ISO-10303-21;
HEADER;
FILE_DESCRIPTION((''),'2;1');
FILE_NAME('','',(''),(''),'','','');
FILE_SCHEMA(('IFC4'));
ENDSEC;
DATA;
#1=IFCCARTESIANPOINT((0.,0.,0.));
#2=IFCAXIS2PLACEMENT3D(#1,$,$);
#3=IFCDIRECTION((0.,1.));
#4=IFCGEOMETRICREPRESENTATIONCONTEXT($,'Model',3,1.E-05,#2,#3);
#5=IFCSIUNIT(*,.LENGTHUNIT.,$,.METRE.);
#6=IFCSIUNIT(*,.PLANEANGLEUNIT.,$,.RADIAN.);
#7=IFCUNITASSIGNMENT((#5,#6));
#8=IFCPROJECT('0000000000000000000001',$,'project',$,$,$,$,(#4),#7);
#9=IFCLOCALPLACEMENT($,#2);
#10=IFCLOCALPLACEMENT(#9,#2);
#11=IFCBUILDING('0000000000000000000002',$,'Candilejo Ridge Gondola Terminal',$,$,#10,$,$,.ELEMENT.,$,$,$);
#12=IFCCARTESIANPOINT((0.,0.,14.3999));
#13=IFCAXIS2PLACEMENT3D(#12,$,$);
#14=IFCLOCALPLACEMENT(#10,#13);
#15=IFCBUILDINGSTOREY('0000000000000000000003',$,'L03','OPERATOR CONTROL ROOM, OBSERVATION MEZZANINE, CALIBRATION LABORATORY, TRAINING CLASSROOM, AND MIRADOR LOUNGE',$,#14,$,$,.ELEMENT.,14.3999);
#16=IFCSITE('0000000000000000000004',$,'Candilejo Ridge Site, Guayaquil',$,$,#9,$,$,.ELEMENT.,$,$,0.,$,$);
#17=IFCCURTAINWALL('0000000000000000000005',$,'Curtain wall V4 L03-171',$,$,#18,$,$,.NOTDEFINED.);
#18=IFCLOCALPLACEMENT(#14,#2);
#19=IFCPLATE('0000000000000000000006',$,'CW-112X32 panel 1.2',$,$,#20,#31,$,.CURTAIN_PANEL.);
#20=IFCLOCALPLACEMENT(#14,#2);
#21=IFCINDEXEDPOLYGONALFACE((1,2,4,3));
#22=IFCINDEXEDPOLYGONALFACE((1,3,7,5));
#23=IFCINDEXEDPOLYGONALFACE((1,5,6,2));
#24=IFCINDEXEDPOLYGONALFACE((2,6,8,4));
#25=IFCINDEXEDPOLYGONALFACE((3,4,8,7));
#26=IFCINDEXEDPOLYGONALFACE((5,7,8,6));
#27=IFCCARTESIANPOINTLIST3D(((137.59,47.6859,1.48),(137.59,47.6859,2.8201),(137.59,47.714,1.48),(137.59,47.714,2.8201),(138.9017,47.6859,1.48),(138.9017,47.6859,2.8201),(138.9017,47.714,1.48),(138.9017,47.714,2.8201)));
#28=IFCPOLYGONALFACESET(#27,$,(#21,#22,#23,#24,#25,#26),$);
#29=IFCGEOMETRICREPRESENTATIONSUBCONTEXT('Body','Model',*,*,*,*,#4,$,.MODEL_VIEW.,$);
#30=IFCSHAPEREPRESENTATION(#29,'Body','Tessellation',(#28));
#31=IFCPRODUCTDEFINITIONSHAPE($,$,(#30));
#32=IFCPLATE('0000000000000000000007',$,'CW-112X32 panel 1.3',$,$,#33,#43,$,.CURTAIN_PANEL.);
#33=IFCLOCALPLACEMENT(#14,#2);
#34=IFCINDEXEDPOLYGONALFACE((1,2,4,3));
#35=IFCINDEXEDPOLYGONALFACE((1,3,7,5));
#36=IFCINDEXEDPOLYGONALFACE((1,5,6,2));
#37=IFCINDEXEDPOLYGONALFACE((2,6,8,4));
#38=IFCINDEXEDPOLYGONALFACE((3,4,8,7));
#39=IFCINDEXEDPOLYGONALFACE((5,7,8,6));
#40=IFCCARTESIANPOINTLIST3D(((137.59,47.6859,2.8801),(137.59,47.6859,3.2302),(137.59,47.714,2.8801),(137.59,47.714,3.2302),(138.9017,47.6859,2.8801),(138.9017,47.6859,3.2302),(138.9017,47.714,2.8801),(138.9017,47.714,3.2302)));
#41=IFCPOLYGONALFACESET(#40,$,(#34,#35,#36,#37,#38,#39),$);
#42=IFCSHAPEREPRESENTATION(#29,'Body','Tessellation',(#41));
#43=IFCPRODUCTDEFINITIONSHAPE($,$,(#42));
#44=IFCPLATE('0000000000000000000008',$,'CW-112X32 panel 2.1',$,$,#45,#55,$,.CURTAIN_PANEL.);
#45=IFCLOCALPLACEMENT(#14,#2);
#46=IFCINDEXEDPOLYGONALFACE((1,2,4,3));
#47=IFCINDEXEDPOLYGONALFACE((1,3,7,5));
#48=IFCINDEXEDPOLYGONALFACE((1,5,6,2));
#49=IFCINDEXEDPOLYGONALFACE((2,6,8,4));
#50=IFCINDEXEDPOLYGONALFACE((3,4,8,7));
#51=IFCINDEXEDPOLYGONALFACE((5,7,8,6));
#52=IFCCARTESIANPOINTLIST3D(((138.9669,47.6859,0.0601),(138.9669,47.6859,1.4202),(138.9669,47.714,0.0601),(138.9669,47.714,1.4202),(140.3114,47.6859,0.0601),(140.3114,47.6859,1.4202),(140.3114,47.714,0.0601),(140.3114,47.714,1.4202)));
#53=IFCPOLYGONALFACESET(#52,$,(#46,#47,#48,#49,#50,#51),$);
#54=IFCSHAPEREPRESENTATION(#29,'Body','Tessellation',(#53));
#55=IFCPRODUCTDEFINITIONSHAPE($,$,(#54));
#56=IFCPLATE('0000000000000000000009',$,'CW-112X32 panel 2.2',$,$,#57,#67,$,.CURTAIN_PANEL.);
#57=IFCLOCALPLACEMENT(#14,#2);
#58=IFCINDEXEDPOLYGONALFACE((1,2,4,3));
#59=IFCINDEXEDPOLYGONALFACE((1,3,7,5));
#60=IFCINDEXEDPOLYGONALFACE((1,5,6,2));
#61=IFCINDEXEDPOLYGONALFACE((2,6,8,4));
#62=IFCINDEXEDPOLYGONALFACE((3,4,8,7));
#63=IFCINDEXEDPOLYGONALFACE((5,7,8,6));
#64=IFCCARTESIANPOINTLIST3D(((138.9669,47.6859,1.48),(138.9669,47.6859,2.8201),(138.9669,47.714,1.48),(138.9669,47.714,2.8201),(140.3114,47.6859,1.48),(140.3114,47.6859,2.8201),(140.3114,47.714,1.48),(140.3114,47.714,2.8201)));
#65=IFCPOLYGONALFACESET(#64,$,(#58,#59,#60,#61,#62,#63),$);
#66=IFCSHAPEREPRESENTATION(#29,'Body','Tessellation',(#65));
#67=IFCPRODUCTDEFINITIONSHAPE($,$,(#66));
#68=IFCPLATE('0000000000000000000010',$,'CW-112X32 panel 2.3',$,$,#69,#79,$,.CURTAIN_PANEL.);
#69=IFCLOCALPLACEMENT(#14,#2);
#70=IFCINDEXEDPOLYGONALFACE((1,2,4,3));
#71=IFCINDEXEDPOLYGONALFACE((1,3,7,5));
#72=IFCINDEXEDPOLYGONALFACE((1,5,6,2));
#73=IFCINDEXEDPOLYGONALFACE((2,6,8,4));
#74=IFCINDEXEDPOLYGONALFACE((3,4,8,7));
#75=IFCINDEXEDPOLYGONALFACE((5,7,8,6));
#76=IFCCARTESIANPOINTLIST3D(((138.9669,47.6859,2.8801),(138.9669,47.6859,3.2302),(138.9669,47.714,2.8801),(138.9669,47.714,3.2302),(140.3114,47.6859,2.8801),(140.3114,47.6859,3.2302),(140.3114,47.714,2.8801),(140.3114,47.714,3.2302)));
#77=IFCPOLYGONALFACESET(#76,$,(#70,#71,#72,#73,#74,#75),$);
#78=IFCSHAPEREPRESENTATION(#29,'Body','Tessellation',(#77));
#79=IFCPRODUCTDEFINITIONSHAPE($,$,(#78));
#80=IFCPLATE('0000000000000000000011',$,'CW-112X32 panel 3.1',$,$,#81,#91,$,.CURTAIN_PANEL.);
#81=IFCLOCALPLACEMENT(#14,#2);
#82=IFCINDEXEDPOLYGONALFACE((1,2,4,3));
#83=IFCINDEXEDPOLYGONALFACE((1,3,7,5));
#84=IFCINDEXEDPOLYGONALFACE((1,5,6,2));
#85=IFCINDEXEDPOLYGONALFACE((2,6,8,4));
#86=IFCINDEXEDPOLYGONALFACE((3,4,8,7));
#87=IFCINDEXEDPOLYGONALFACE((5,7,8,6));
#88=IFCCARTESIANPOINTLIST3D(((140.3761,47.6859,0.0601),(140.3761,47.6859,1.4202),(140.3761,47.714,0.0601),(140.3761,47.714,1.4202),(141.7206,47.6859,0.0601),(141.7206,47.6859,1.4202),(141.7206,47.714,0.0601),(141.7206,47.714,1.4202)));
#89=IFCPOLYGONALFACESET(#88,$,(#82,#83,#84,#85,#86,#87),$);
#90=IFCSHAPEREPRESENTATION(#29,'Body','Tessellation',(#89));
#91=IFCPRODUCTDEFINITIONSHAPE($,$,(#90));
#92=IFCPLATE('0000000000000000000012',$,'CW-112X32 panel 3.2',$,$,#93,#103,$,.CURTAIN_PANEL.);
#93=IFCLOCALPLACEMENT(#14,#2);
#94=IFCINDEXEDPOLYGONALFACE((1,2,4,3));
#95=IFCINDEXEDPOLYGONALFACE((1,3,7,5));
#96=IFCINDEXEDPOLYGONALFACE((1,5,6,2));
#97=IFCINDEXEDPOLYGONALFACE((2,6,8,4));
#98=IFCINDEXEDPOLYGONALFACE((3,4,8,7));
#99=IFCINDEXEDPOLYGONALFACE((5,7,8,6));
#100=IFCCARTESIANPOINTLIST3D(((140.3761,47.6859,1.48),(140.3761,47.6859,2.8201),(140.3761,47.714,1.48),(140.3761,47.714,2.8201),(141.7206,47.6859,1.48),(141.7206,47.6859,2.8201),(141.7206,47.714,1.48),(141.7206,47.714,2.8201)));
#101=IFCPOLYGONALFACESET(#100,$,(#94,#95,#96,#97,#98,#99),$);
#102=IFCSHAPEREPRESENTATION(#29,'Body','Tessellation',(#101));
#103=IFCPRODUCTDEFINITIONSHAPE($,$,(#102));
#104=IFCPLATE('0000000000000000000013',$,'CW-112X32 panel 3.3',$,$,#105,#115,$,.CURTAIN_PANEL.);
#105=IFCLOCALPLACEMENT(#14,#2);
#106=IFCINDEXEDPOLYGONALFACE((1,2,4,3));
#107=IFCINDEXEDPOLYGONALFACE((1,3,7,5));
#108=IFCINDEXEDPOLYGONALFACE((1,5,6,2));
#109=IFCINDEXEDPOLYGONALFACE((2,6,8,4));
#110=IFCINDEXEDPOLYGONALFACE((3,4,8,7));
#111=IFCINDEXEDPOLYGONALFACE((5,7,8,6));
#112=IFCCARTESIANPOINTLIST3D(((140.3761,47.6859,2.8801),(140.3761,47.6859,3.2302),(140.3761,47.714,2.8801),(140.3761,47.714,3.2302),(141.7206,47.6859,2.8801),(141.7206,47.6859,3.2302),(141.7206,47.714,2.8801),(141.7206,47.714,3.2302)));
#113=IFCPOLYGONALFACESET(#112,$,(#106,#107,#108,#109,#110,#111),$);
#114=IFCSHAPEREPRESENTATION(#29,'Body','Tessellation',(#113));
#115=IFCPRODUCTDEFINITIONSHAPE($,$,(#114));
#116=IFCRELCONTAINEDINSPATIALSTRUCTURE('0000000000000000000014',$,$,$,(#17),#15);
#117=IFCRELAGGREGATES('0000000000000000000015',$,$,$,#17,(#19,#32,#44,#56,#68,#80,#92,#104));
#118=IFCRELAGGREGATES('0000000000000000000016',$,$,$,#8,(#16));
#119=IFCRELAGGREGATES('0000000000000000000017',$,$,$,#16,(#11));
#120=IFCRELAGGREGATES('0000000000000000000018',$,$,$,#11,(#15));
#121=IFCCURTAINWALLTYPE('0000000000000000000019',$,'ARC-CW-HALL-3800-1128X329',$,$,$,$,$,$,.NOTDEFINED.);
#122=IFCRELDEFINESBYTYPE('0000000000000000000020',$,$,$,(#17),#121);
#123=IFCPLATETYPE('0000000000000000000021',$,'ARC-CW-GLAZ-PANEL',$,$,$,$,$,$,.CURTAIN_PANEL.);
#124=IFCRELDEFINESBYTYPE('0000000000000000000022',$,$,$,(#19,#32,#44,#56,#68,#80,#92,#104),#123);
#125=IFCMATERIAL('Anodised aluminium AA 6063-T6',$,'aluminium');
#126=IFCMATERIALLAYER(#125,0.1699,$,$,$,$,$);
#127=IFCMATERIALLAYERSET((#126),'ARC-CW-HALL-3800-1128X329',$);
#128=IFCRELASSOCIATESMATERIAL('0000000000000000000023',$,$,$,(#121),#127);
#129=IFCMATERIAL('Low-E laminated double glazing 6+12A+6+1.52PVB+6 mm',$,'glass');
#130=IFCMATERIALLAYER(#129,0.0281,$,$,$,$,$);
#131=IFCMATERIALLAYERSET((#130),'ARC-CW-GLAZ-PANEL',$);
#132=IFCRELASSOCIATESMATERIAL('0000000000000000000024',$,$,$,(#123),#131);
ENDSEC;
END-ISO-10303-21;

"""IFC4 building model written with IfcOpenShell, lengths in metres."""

from ifc_helpers import new_model, si_unit, direction, frame, origin, origin_2d, place, context, subcontext, project, spatial, rectangle, extrude, material, layer, layer_set, type_object, element, aggregate, save


model = new_model("IFC4")

# Units and contexts
model_context = context("Model", 3, precision=1e-05, world=origin(), true_north=direction((0.0, 1.0)))
body_context = subcontext(model_context, "Body", "Model", "MODEL_VIEW")
ifc_project = project(units=[si_unit("LENGTHUNIT", "METRE"), si_unit("PLANEANGLEUNIT", "RADIAN")], contexts=[model_context])

# Site, building, storey
site_placement = place(None, origin())
site = spatial("IfcSite", under=ifc_project, at=site_placement, Name="Candilejo Ridge Site, Guayaquil", CompositionType="ELEMENT", RefElevation=0.0)
building_placement = place(site_placement, origin())
building = spatial("IfcBuilding", under=site, at=building_placement, Name="Candilejo Ridge Gondola Terminal", CompositionType="ELEMENT")
storey_placement = place(building_placement, frame((0.0, 0.0, 14.3999)))
storey = spatial("IfcBuildingStorey", under=building, at=storey_placement, Name="L03", Description="OPERATOR CONTROL ROOM, OBSERVATION MEZZANINE, CALIBRATION LABORATORY, TRAINING CLASSROOM, AND MIRADOR LOUNGE", CompositionType="ELEMENT", Elevation=14.3999)

# Curtain wall, plates
ifc_material_1 = material(Name="Anodised aluminium AA 6063-T6", Category="aluminium")
ifc_layer_1 = layer(ifc_material_1, 0.1699)
ifc_layer_set_1 = layer_set([ifc_layer_1], Name="ARC-CW-HALL-3800-1128X329")
curtain_wall_type = type_object("IfcCurtainWallType", Name="ARC-CW-HALL-3800-1128X329", PredefinedType="NOTDEFINED", material=ifc_layer_set_1)
curtain_wall_placement = place(storey_placement, origin())
curtain_wall = element("IfcCurtainWall", 1, at=curtain_wall_placement, inside=storey, type_object=curtain_wall_type, Name="Curtain wall V4 L03-171", PredefinedType="NOTDEFINED")
ifc_material_2 = material(Name="Low-E laminated double glazing 6+12A+6+1.52PVB+6 mm", Category="glass")
ifc_layer_2 = layer(ifc_material_2, 0.0281)
ifc_layer_set_2 = layer_set([ifc_layer_2], Name="ARC-CW-GLAZ-PANEL")
plate_type = type_object("IfcPlateType", Name="ARC-CW-GLAZ-PANEL", PredefinedType="CURTAIN_PANEL", material=ifc_layer_set_2)
plate_1_placement = place(storey_placement, frame((138.2458, 47.7, 1.48), z_axis=(0.0, 0.0, 1.0), x_axis=(1.0, 0.0, 0.0)))
plate_1 = element("IfcPlate", 2, at=plate_1_placement, type_object=plate_type, Name="CW-112X32 panel 1.2", PredefinedType="CURTAIN_PANEL", context=body_context, shape_type="SweptSolid", body=[
    extrude(rectangle(XDim=1.3118, YDim=0.0281, at=origin_2d()), origin(), (0.0, 0.0, 1.0), 1.3401),
])
plate_2_placement = place(storey_placement, frame((138.2458, 47.7, 2.8801), z_axis=(0.0, 0.0, 1.0), x_axis=(1.0, 0.0, 0.0)))
plate_2 = element("IfcPlate", 3, at=plate_2_placement, type_object=plate_type, Name="CW-112X32 panel 1.3", PredefinedType="CURTAIN_PANEL", context=body_context, shape_type="SweptSolid", body=[
    extrude(rectangle(XDim=1.3118, YDim=0.0281, at=origin_2d()), origin(), (0.0, 0.0, 1.0), 0.3501),
])
plate_3_placement = place(storey_placement, frame((139.6392, 47.7, 0.0601), z_axis=(0.0, 0.0, 1.0), x_axis=(1.0, 0.0, 0.0)))
plate_3 = element("IfcPlate", 4, at=plate_3_placement, type_object=plate_type, Name="CW-112X32 panel 2.1", PredefinedType="CURTAIN_PANEL", context=body_context, shape_type="SweptSolid", body=[
    extrude(rectangle(XDim=1.3445, YDim=0.0281, at=origin_2d()), origin(), (0.0, 0.0, 1.0), 1.3601),
])
plate_4_placement = place(storey_placement, frame((139.6392, 47.7, 1.48), z_axis=(0.0, 0.0, 1.0), x_axis=(1.0, 0.0, 0.0)))
plate_4 = element("IfcPlate", 5, at=plate_4_placement, type_object=plate_type, Name="CW-112X32 panel 2.2", PredefinedType="CURTAIN_PANEL", context=body_context, shape_type="SweptSolid", body=[
    extrude(rectangle(XDim=1.3445, YDim=0.0281, at=origin_2d()), origin(), (0.0, 0.0, 1.0), 1.3401),
])
plate_5_placement = place(storey_placement, frame((139.6392, 47.7, 2.8801), z_axis=(0.0, 0.0, 1.0), x_axis=(1.0, 0.0, 0.0)))
plate_5 = element("IfcPlate", 6, at=plate_5_placement, type_object=plate_type, Name="CW-112X32 panel 2.3", PredefinedType="CURTAIN_PANEL", context=body_context, shape_type="SweptSolid", body=[
    extrude(rectangle(XDim=1.3445, YDim=0.0281, at=origin_2d()), origin(), (0.0, 0.0, 1.0), 0.3501),
])
plate_6_placement = place(storey_placement, frame((141.0483, 47.7, 0.0601), z_axis=(0.0, 0.0, 1.0), x_axis=(1.0, 0.0, 0.0)))
plate_6 = element("IfcPlate", 7, at=plate_6_placement, type_object=plate_type, Name="CW-112X32 panel 3.1", PredefinedType="CURTAIN_PANEL", context=body_context, shape_type="SweptSolid", body=[
    extrude(rectangle(XDim=1.3445, YDim=0.0281, at=origin_2d()), origin(), (0.0, 0.0, 1.0), 1.3601),
])
plate_7_placement = place(storey_placement, frame((141.0483, 47.7, 1.48), z_axis=(0.0, 0.0, 1.0), x_axis=(1.0, 0.0, 0.0)))
plate_7 = element("IfcPlate", 8, at=plate_7_placement, type_object=plate_type, Name="CW-112X32 panel 3.2", PredefinedType="CURTAIN_PANEL", context=body_context, shape_type="SweptSolid", body=[
    extrude(rectangle(XDim=1.3445, YDim=0.0281, at=origin_2d()), origin(), (0.0, 0.0, 1.0), 1.3401),
])
plate_8_placement = place(storey_placement, frame((141.0483, 47.7, 2.8801), z_axis=(0.0, 0.0, 1.0), x_axis=(1.0, 0.0, 0.0)))
plate_8 = element("IfcPlate", 9, at=plate_8_placement, type_object=plate_type, Name="CW-112X32 panel 3.3", PredefinedType="CURTAIN_PANEL", context=body_context, shape_type="SweptSolid", body=[
    extrude(rectangle(XDim=1.3445, YDim=0.0281, at=origin_2d()), origin(), (0.0, 0.0, 1.0), 0.3501),
])
aggregate(curtain_wall, [plate_1, plate_2, plate_3, plate_4, plate_5, plate_6, plate_7, plate_8])

save(model, "model.ifc")
